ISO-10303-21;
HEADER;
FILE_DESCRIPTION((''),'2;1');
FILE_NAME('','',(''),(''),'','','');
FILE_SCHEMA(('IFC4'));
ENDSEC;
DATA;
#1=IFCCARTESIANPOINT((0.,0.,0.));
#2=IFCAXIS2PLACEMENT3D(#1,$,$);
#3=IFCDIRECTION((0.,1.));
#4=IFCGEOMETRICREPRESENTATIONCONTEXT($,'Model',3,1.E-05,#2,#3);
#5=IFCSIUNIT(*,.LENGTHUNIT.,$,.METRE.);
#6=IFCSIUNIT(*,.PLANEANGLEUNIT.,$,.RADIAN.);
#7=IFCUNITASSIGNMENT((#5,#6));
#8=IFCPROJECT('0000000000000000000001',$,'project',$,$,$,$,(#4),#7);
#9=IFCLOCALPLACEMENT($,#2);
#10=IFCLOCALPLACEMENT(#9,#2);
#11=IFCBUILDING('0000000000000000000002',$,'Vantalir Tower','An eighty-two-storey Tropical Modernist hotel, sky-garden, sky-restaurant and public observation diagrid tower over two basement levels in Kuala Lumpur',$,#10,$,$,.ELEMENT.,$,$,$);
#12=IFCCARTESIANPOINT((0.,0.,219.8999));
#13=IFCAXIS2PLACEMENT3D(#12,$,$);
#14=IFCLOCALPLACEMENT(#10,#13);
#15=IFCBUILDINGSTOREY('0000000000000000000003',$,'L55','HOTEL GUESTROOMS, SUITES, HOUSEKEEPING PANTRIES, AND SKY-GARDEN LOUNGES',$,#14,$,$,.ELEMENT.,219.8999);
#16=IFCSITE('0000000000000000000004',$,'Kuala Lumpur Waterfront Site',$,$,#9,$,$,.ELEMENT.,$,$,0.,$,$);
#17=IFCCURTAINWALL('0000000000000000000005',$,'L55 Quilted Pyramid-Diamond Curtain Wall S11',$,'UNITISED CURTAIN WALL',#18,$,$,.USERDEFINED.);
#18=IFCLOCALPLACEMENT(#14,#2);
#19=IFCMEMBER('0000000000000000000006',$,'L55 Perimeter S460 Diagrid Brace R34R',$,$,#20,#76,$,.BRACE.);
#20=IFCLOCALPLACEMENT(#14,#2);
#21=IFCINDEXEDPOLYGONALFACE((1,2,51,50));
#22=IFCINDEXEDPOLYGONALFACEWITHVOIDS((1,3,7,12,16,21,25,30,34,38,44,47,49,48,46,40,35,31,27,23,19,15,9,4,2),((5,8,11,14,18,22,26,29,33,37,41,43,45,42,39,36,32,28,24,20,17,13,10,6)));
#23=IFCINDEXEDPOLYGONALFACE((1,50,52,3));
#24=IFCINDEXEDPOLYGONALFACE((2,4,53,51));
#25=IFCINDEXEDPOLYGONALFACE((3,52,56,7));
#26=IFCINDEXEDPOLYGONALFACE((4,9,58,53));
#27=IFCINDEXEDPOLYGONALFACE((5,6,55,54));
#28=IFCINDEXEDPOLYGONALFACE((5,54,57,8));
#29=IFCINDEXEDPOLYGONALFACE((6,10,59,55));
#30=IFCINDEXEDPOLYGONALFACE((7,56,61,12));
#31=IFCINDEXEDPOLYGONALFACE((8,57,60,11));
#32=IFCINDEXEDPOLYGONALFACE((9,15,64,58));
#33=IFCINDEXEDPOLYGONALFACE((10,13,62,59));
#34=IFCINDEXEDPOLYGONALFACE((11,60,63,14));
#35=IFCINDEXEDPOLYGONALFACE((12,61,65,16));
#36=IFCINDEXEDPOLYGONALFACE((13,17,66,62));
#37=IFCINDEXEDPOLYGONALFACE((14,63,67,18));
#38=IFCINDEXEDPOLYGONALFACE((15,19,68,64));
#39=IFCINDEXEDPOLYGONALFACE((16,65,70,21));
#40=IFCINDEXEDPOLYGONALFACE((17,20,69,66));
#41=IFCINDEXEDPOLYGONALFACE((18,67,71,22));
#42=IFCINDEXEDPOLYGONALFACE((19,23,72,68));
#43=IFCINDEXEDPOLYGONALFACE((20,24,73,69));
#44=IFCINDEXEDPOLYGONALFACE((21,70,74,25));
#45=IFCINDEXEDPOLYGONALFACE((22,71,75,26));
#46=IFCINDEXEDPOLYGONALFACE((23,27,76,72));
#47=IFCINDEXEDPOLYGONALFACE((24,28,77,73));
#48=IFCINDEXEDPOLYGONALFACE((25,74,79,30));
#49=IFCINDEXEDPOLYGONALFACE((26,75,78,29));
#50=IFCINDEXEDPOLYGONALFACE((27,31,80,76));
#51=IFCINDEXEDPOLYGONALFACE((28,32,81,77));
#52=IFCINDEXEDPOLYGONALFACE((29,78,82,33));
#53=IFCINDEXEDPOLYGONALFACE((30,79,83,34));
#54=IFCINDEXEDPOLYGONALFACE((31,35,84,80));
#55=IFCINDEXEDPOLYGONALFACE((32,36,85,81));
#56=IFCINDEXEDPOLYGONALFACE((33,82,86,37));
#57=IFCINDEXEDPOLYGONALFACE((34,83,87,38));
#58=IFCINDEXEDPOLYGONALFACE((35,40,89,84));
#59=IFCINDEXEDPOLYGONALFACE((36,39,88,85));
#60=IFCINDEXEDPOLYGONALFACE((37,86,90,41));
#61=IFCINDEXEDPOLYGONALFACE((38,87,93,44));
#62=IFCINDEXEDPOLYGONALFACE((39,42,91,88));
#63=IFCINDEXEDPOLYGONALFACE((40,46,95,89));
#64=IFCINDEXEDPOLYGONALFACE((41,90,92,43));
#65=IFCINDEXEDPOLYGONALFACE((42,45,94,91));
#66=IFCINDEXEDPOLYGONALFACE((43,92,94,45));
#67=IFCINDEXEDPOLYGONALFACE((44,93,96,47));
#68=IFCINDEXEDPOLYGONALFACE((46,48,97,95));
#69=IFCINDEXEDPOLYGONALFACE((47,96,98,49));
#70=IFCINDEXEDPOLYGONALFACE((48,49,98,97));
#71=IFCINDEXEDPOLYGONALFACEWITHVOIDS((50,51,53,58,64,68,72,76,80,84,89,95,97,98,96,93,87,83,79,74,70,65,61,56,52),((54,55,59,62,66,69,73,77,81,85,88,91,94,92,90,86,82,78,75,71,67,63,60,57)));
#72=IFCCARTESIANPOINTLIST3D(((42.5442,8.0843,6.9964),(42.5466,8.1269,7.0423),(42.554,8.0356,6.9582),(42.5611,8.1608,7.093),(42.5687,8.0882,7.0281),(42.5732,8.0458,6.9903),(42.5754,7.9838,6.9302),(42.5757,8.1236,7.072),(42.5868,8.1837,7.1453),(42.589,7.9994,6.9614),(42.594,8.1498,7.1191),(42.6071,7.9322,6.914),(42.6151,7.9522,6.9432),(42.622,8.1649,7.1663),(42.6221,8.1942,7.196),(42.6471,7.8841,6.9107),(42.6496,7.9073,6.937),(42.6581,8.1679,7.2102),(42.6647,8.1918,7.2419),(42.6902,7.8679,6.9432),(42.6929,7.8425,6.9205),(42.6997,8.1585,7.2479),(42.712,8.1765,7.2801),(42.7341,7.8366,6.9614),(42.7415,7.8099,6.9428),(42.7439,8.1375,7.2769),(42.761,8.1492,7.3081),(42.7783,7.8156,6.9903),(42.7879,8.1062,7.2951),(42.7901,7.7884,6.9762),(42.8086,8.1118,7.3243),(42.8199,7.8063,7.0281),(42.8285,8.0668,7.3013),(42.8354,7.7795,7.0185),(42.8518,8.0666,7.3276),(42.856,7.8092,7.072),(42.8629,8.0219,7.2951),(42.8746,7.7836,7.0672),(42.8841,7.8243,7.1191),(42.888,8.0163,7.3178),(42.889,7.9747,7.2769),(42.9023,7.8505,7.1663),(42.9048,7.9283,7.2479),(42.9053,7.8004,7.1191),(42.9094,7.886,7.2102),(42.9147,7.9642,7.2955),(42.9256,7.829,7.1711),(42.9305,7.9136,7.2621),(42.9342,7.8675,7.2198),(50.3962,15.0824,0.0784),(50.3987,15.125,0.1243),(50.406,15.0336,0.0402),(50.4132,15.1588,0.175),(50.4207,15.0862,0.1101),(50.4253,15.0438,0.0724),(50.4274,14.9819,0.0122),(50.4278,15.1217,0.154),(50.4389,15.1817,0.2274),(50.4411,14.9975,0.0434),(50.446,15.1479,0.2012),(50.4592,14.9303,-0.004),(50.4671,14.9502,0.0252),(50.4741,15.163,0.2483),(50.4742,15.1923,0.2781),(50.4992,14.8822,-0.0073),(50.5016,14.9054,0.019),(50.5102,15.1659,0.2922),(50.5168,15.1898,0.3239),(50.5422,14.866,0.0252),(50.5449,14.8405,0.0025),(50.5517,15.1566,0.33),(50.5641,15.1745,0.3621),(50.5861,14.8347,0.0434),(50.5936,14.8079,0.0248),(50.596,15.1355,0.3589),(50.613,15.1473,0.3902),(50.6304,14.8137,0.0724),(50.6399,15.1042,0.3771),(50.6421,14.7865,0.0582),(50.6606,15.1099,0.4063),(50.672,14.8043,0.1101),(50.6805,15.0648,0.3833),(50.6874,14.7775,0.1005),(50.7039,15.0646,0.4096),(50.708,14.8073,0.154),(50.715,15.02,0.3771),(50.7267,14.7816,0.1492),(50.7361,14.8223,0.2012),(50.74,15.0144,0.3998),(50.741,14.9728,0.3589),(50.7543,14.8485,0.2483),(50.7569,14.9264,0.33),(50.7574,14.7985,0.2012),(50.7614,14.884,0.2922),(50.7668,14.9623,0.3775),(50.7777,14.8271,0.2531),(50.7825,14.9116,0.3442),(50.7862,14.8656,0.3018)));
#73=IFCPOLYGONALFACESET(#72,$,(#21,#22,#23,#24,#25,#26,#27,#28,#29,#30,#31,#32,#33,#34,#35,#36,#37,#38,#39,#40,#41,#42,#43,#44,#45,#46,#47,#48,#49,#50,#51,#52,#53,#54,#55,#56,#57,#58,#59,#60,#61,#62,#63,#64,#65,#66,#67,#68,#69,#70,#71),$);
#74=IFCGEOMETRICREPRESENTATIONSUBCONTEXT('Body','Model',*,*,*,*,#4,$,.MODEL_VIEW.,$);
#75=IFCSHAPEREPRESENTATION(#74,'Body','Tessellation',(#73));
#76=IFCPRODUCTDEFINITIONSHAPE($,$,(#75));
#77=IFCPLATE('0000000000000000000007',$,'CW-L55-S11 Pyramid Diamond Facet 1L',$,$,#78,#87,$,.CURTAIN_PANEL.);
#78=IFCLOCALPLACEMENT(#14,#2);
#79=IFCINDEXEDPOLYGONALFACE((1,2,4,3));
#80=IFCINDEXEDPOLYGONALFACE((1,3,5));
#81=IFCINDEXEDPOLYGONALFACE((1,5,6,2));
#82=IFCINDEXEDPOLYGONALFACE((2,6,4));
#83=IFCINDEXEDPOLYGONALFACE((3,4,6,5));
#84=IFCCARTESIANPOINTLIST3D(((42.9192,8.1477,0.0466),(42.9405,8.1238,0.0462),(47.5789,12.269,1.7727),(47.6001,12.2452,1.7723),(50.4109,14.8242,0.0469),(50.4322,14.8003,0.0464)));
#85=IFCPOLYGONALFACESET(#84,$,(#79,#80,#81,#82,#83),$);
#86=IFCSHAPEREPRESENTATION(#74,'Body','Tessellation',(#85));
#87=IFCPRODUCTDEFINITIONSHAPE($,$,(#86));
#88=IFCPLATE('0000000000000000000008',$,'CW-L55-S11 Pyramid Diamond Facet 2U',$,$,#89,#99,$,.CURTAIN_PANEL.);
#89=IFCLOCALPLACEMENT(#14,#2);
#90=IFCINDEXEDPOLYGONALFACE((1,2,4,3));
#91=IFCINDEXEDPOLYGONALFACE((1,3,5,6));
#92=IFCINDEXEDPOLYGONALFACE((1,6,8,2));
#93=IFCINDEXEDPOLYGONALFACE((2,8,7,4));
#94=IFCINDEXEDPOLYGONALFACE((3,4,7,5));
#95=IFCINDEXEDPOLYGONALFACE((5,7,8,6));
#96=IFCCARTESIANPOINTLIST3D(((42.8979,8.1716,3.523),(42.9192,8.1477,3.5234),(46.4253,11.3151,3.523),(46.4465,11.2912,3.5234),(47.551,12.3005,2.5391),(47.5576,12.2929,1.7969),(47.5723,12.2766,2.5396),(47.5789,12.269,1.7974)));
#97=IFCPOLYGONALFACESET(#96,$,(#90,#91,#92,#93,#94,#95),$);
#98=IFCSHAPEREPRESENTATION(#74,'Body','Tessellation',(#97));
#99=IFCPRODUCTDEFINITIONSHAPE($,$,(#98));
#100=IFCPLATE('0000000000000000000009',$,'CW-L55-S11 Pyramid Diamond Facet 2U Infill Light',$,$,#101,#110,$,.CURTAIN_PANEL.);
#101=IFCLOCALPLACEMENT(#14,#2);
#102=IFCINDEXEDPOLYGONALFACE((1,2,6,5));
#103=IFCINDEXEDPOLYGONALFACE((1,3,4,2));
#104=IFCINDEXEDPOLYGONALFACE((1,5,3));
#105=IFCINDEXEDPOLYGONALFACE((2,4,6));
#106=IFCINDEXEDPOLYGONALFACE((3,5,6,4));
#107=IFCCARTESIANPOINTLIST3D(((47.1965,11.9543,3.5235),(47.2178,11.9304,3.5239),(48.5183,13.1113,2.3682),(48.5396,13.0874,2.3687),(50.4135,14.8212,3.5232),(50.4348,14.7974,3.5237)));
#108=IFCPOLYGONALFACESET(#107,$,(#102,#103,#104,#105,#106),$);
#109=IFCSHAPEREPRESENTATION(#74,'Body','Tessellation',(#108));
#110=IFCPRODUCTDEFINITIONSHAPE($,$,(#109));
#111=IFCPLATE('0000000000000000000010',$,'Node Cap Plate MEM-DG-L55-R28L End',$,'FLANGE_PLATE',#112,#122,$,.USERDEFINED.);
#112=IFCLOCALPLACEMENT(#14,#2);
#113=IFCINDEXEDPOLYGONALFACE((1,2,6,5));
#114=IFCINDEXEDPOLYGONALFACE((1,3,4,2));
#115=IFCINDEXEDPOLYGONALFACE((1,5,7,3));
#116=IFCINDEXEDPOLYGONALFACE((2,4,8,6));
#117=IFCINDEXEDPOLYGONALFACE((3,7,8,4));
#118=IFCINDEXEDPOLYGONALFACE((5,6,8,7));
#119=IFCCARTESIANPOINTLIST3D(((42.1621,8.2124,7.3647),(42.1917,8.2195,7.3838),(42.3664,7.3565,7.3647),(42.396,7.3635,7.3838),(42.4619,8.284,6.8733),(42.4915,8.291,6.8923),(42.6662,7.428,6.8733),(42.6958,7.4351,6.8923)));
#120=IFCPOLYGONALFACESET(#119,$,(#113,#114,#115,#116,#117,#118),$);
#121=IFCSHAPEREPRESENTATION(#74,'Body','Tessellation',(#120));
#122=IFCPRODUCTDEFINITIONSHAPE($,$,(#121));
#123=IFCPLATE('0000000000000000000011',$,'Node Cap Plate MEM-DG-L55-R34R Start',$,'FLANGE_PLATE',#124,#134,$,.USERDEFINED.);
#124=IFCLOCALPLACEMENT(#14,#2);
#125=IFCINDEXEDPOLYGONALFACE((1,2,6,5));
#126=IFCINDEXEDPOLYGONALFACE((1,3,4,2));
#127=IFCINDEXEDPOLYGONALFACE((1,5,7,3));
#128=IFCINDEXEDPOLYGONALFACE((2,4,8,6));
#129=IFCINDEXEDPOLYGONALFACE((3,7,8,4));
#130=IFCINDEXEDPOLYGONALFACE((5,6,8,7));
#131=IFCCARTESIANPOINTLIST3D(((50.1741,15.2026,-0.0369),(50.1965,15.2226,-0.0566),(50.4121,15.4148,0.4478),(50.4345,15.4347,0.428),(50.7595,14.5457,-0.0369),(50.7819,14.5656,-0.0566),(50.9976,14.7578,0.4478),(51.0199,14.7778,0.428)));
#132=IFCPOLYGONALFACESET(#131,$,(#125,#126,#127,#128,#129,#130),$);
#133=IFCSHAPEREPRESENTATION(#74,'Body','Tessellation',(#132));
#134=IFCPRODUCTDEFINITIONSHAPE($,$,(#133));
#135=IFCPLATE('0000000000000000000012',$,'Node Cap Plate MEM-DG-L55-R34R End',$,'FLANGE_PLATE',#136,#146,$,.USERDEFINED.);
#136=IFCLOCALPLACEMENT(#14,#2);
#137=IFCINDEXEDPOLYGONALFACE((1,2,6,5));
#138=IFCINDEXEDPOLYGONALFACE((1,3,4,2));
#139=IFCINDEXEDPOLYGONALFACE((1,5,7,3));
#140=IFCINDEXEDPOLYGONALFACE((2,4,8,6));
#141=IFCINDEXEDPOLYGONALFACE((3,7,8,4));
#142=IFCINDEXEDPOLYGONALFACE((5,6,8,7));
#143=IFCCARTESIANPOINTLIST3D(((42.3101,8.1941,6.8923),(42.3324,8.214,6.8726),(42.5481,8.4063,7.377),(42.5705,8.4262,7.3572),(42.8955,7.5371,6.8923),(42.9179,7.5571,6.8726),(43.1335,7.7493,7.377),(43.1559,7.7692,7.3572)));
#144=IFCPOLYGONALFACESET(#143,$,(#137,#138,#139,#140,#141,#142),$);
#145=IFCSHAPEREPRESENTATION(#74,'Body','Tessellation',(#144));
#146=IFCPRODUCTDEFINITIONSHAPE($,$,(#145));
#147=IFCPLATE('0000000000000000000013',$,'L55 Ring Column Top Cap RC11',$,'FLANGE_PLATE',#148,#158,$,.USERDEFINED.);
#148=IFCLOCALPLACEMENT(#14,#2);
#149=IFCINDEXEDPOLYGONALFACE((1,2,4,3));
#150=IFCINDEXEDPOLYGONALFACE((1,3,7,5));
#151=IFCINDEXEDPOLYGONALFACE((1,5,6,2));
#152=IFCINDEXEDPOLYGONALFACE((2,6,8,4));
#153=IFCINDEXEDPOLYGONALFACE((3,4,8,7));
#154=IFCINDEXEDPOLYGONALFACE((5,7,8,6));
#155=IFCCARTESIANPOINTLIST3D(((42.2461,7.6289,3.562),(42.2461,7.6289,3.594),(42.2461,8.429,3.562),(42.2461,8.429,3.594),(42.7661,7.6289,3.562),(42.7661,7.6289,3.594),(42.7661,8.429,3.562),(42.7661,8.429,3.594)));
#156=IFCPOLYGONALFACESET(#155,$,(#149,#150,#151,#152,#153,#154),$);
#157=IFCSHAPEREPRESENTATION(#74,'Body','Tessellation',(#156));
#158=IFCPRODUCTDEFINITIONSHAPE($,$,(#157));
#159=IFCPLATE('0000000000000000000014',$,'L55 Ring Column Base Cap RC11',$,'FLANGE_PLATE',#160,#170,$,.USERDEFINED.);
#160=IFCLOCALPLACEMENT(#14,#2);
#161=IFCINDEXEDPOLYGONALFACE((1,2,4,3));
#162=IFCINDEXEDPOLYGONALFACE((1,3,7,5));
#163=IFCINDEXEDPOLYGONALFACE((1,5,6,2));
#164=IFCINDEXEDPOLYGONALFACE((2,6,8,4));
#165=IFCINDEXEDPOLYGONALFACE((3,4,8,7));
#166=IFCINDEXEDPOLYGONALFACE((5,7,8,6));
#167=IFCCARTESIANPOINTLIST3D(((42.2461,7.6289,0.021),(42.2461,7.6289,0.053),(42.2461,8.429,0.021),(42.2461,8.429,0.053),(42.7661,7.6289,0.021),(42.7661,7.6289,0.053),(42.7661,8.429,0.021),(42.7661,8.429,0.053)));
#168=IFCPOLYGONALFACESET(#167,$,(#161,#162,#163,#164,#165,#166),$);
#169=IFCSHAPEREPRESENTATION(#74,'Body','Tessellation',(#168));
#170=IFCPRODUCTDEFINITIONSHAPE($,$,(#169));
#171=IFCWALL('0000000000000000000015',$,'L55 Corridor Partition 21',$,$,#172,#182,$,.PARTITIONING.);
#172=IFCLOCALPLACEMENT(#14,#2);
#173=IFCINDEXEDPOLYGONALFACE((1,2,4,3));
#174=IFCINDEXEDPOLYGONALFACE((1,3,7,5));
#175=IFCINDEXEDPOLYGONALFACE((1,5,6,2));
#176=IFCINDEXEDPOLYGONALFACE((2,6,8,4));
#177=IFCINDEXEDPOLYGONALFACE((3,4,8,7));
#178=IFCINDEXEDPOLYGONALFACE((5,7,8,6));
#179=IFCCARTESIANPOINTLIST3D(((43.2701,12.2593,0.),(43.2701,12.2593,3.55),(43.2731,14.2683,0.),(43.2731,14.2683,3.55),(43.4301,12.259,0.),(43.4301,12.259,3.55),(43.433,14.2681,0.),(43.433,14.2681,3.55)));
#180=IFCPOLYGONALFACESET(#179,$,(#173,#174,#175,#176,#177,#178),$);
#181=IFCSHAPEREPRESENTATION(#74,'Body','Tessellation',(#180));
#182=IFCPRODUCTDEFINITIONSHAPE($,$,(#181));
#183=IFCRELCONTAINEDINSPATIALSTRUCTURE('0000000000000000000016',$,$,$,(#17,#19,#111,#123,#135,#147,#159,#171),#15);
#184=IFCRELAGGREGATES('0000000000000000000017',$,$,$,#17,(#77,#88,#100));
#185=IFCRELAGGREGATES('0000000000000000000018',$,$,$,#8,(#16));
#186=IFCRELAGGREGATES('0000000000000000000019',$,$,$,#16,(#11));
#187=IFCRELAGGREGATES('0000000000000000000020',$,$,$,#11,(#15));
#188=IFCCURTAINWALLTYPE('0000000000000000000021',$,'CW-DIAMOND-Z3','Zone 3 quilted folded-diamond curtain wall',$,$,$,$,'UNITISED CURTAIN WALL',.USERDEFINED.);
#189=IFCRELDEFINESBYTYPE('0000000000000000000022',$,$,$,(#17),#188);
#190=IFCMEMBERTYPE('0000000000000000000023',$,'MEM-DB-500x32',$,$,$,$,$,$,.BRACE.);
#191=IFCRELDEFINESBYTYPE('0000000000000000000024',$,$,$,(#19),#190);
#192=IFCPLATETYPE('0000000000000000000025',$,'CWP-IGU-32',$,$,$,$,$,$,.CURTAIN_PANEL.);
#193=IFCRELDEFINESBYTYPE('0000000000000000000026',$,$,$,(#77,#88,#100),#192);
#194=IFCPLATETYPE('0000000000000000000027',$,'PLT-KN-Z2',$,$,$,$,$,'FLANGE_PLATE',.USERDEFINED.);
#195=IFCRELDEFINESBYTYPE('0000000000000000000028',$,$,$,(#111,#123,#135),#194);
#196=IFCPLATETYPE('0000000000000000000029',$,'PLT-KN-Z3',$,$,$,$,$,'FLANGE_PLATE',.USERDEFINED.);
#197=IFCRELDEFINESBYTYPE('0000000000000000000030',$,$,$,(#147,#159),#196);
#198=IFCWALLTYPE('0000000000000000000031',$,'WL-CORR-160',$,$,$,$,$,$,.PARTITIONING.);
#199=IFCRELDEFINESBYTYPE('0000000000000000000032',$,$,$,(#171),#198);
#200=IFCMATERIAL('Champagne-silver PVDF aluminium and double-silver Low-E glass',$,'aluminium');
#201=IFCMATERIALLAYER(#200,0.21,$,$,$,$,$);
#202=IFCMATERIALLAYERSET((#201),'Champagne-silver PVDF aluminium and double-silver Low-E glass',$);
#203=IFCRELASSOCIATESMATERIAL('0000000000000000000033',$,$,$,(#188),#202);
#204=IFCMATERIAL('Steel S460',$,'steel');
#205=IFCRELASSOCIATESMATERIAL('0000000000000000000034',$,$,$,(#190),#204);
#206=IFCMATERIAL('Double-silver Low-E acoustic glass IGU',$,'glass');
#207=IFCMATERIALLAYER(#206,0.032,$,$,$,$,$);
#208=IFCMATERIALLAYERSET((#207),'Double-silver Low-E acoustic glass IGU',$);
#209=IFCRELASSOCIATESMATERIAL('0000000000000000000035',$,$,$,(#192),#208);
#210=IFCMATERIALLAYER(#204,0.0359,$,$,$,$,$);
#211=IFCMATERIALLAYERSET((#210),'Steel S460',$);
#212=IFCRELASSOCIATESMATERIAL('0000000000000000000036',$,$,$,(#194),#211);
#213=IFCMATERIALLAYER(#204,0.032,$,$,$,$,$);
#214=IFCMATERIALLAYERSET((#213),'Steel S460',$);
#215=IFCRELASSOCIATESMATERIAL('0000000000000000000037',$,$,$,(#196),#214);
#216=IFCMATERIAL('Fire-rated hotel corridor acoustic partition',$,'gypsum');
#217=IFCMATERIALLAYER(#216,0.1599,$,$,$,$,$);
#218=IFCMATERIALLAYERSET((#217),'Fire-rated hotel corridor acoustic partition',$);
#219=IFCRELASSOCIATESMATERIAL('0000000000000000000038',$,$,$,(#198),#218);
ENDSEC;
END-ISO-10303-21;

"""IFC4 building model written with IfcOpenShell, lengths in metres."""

from ifc_helpers import new_model, si_unit, direction, frame, frame_2d, origin, origin_2d, place, context, subcontext, project, spatial, polyline, rectangle, hollow_circle, outline, extrude, material, layer, layer_set, material_profile, profile_set, type_object, element, aggregate, save


model = new_model("IFC4")

# Units and contexts
model_context = context("Model", 3, precision=1e-05, world=origin(), true_north=direction((0.0, 1.0)))
body_context = subcontext(model_context, "Body", "Model", "MODEL_VIEW")
ifc_project = project(units=[si_unit("LENGTHUNIT", "METRE"), si_unit("PLANEANGLEUNIT", "RADIAN")], contexts=[model_context])

# Site, building, storey
site_placement = place(None, origin())
site = spatial("IfcSite", under=ifc_project, at=site_placement, Name="Kuala Lumpur Waterfront Site", CompositionType="ELEMENT", RefElevation=0.0)
building_placement = place(site_placement, origin())
building = spatial("IfcBuilding", under=site, at=building_placement, Name="Vantalir Tower", Description="An eighty-two-storey Tropical Modernist hotel, sky-garden, sky-restaurant and public observation diagrid tower over two basement levels in Kuala Lumpur", CompositionType="ELEMENT")
storey_placement = place(building_placement, frame((0.0, 0.0, 219.8999)))
storey = spatial("IfcBuildingStorey", under=building, at=storey_placement, Name="L55", Description="HOTEL GUESTROOMS, SUITES, HOUSEKEEPING PANTRIES, AND SKY-GARDEN LOUNGES", CompositionType="ELEMENT", Elevation=219.8999)

# Shared definitions
ifc_material_1 = material(Name="Steel S460", Category="steel")

# Shared definitions
ifc_material_2 = material(Name="Champagne-silver PVDF aluminium and double-silver Low-E glass", Category="aluminium")
ifc_layer_1 = layer(ifc_material_2, 0.21)
ifc_layer_set_1 = layer_set([ifc_layer_1], Name="Champagne-silver PVDF aluminium and double-silver Low-E glass")
curtain_wall_type = type_object("IfcCurtainWallType", Name="CW-DIAMOND-Z3", Description="Zone 3 quilted folded-diamond curtain wall", ElementType="UNITISED CURTAIN WALL", PredefinedType="USERDEFINED", material=ifc_layer_set_1)

# Curtain wall
curtain_wall_1_placement = place(storey_placement, origin())
curtain_wall_1 = element("IfcCurtainWall", 1, at=curtain_wall_1_placement, inside=storey, type_object=curtain_wall_type, Name="L55 Quilted Pyramid-Diamond Curtain Wall S11", ObjectType="UNITISED CURTAIN WALL", PredefinedType="USERDEFINED")

# Member
ifc_material_profile_1 = material_profile(ifc_material_1, hollow_circle(Radius=0.25, WallThickness=0.032, at=origin_2d()), Name="Steel S460")
ifc_profile_set_1 = profile_set([ifc_material_profile_1], Name="Steel S460")
member_type_1 = type_object("IfcMemberType", Name="MEM-DB-500x32", PredefinedType="BRACE", material=ifc_profile_set_1)
member_1_placement = place(storey_placement, frame((50.5911, 14.9851, 0.2012), z_axis=(-0.623718, -0.555881, 0.54952), x_axis=(0.665343, -0.746538, 0.0)))
element("IfcMember", 2, at=member_1_placement, inside=storey, type_object=member_type_1, Name="L55 Perimeter S460 Diagrid Brace R34R", PredefinedType="BRACE", context=body_context, shape_type="SweptSolid", body=[
    extrude(hollow_circle(Radius=0.25, WallThickness=0.032, at=origin_2d()), origin(), (0.0, 0.0, 1.0), 12.5891),
])

# Plates
ifc_material_3 = material(Name="Double-silver Low-E acoustic glass IGU", Category="glass")
ifc_layer_2 = layer(ifc_material_3, 0.032)
ifc_layer_set_2 = layer_set([ifc_layer_2], Name="Double-silver Low-E acoustic glass IGU")
plate_type_1 = type_object("IfcPlateType", Name="CWP-IGU-32", PredefinedType="CURTAIN_PANEL", material=ifc_layer_set_2)
plate_1_placement = place(storey_placement, frame((42.9192, 8.1477, 0.0466), z_axis=(-0.665261, 0.746488, 0.013539), x_axis=(0.746556, 0.665322, 0.000024)))
plate_1 = element("IfcPlate", 3, at=plate_1_placement, type_object=plate_type_1, Name="CW-L55-S11 Pyramid Diamond Facet 1L", PredefinedType="CURTAIN_PANEL", context=body_context, shape_type="SweptSolid", body=[
    extrude(outline(polyline([(0.0, 0.0), (10.035, 0.0), (6.2208, -1.7261), (0.0, 0.0)])), origin(), (0.0, 0.0, -1.0), 0.032),
])
plate_2_placement = place(storey_placement, frame((42.9192, 8.1477, 3.5234), z_axis=(0.665261, -0.746488, 0.01355), x_axis=(0.746556, 0.665322, 0.0)))
plate_2 = element("IfcPlate", 4, at=plate_2_placement, type_object=plate_type_1, Name="CW-L55-S11 Pyramid Diamond Facet 2U", PredefinedType="CURTAIN_PANEL", context=body_context, shape_type="SweptSolid", body=[
    extrude(outline(polyline([(0.0, 0.0), (4.7248, 0.0), (6.2208, -0.984), (6.2207, -1.7262), (0.0, 0.0)])), origin(), (0.0, 0.0, -1.0), 0.032),
])
plate_3_placement = place(storey_placement, frame((47.2178, 11.9304, 3.5239), z_axis=(0.665256, -0.746493, 0.013539), x_axis=(0.746562, 0.665316, -0.000057)))
plate_3 = element("IfcPlate", 5, at=plate_3_placement, type_object=plate_type_1, Name="CW-L55-S11 Pyramid Diamond Facet 2U Infill Light", PredefinedType="CURTAIN_PANEL", context=body_context, shape_type="SweptSolid", body=[
    extrude(outline(polyline([(0.0, 0.0), (4.3091, 0.0), (1.7566, -1.1553), (0.0, 0.0)])), origin(), (0.0, 0.0, -1.0), 0.032),
])
aggregate(curtain_wall_1, [plate_1, plate_2, plate_3])

# Plates
ifc_layer_3 = layer(ifc_material_1, 0.0359)
ifc_layer_set_3 = layer_set([ifc_layer_3], Name="Steel S460")
plate_type_2 = type_object("IfcPlateType", Name="PLT-KN-Z2", ElementType="FLANGE_PLATE", PredefinedType="USERDEFINED", material=ifc_layer_set_3)
plate_4_placement = place(storey_placement, frame((42.6958, 7.4351, 6.8923), z_axis=(0.824019, 0.196721, 0.531314), x_axis=(-0.232208, 0.972666, 0.0)))
element("IfcPlate", 6, at=plate_4_placement, inside=storey, type_object=plate_type_2, Name="Node Cap Plate MEM-DG-L55-R28L End", ObjectType="FLANGE_PLATE", PredefinedType="USERDEFINED", context=body_context, shape_type="SweptSolid", body=[
    extrude(outline(polyline([(0.0, 0.0), (0.88, 0.0), (0.8801, 0.5801), (0.0, 0.5801), (0.0, 0.0)])), origin(), (0.0, 0.0, -1.0), 0.0359),
])
for number, where, z_axis, x_axis, name in (
    (7, (50.1741, 15.2026, -0.0369), (-0.623688, -0.55578, 0.549657), (0.665293, -0.746582, 0.0), "Node Cap Plate MEM-DG-L55-R34R Start"),
    (8, (42.3101, 8.1941, 6.8923), (-0.623688, -0.55578, 0.549657), (0.665293, -0.746582, 0.0), "Node Cap Plate MEM-DG-L55-R34R End"),
):
    element("IfcPlate", number, at=place(storey_placement, frame(where, z_axis=z_axis, x_axis=x_axis)), inside=storey, type_object=plate_type_2, Name=name, ObjectType="FLANGE_PLATE", PredefinedType="USERDEFINED", context=body_context, shape_type="SweptSolid", body=[
        extrude(outline(polyline([(0.0, 0.0), (0.88, 0.0), (0.88, 0.5801), (0.0, 0.5801), (0.0, 0.0)])), origin(), (0.0, 0.0, -1.0), 0.0359),
    ])
ifc_layer_4 = layer(ifc_material_1, 0.032)
ifc_layer_set_4 = layer_set([ifc_layer_4], Name="Steel S460")
plate_type_3 = type_object("IfcPlateType", Name="PLT-KN-Z3", ElementType="FLANGE_PLATE", PredefinedType="USERDEFINED", material=ifc_layer_set_4)
for number, where, z_axis, x_axis, name in (
    (9, (42.2461, 8.429, 3.594), (0.0, 0.0, 1.0), (0.0, -1.0, 0.0), "L55 Ring Column Top Cap RC11"),
    (10, (42.2461, 8.429, 0.053), (0.0, 0.0, 1.0), (0.0, -1.0, 0.0), "L55 Ring Column Base Cap RC11"),
):
    element("IfcPlate", number, at=place(storey_placement, frame(where, z_axis=z_axis, x_axis=x_axis)), inside=storey, type_object=plate_type_3, Name=name, ObjectType="FLANGE_PLATE", PredefinedType="USERDEFINED", context=body_context, shape_type="SweptSolid", body=[
        extrude(outline(polyline([(0.0, 0.0), (0.8, 0.0), (0.8, 0.52), (0.0, 0.52), (0.0, 0.0)])), origin(), (0.0, 0.0, -1.0), 0.032),
    ])

# Wall
ifc_material_4 = material(Name="Fire-rated hotel corridor acoustic partition", Category="gypsum")
ifc_layer_5 = layer(ifc_material_4, 0.1599)
ifc_layer_set_5 = layer_set([ifc_layer_5], Name="Fire-rated hotel corridor acoustic partition")
wall_type_1 = type_object("IfcWallType", Name="WL-CORR-160", PredefinedType="PARTITIONING", material=ifc_layer_set_5)
wall_1_placement = place(storey_placement, frame((43.353, 14.2681, 0.0), z_axis=(0.0, 0.0, 1.0), x_axis=(-0.001458, -0.999999, 0.0)))
element("IfcWall", 11, at=wall_1_placement, inside=storey, type_object=wall_type_1, Name="L55 Corridor Partition 21", PredefinedType="PARTITIONING", context=body_context, shape_type="SweptSolid", body=[
    extrude(rectangle(XDim=2.009, YDim=0.1599, at=frame_2d((1.0044, 0.0))), origin(), (0.0, 0.0, 1.0), 3.55),
])

save(model, "model.ifc")
